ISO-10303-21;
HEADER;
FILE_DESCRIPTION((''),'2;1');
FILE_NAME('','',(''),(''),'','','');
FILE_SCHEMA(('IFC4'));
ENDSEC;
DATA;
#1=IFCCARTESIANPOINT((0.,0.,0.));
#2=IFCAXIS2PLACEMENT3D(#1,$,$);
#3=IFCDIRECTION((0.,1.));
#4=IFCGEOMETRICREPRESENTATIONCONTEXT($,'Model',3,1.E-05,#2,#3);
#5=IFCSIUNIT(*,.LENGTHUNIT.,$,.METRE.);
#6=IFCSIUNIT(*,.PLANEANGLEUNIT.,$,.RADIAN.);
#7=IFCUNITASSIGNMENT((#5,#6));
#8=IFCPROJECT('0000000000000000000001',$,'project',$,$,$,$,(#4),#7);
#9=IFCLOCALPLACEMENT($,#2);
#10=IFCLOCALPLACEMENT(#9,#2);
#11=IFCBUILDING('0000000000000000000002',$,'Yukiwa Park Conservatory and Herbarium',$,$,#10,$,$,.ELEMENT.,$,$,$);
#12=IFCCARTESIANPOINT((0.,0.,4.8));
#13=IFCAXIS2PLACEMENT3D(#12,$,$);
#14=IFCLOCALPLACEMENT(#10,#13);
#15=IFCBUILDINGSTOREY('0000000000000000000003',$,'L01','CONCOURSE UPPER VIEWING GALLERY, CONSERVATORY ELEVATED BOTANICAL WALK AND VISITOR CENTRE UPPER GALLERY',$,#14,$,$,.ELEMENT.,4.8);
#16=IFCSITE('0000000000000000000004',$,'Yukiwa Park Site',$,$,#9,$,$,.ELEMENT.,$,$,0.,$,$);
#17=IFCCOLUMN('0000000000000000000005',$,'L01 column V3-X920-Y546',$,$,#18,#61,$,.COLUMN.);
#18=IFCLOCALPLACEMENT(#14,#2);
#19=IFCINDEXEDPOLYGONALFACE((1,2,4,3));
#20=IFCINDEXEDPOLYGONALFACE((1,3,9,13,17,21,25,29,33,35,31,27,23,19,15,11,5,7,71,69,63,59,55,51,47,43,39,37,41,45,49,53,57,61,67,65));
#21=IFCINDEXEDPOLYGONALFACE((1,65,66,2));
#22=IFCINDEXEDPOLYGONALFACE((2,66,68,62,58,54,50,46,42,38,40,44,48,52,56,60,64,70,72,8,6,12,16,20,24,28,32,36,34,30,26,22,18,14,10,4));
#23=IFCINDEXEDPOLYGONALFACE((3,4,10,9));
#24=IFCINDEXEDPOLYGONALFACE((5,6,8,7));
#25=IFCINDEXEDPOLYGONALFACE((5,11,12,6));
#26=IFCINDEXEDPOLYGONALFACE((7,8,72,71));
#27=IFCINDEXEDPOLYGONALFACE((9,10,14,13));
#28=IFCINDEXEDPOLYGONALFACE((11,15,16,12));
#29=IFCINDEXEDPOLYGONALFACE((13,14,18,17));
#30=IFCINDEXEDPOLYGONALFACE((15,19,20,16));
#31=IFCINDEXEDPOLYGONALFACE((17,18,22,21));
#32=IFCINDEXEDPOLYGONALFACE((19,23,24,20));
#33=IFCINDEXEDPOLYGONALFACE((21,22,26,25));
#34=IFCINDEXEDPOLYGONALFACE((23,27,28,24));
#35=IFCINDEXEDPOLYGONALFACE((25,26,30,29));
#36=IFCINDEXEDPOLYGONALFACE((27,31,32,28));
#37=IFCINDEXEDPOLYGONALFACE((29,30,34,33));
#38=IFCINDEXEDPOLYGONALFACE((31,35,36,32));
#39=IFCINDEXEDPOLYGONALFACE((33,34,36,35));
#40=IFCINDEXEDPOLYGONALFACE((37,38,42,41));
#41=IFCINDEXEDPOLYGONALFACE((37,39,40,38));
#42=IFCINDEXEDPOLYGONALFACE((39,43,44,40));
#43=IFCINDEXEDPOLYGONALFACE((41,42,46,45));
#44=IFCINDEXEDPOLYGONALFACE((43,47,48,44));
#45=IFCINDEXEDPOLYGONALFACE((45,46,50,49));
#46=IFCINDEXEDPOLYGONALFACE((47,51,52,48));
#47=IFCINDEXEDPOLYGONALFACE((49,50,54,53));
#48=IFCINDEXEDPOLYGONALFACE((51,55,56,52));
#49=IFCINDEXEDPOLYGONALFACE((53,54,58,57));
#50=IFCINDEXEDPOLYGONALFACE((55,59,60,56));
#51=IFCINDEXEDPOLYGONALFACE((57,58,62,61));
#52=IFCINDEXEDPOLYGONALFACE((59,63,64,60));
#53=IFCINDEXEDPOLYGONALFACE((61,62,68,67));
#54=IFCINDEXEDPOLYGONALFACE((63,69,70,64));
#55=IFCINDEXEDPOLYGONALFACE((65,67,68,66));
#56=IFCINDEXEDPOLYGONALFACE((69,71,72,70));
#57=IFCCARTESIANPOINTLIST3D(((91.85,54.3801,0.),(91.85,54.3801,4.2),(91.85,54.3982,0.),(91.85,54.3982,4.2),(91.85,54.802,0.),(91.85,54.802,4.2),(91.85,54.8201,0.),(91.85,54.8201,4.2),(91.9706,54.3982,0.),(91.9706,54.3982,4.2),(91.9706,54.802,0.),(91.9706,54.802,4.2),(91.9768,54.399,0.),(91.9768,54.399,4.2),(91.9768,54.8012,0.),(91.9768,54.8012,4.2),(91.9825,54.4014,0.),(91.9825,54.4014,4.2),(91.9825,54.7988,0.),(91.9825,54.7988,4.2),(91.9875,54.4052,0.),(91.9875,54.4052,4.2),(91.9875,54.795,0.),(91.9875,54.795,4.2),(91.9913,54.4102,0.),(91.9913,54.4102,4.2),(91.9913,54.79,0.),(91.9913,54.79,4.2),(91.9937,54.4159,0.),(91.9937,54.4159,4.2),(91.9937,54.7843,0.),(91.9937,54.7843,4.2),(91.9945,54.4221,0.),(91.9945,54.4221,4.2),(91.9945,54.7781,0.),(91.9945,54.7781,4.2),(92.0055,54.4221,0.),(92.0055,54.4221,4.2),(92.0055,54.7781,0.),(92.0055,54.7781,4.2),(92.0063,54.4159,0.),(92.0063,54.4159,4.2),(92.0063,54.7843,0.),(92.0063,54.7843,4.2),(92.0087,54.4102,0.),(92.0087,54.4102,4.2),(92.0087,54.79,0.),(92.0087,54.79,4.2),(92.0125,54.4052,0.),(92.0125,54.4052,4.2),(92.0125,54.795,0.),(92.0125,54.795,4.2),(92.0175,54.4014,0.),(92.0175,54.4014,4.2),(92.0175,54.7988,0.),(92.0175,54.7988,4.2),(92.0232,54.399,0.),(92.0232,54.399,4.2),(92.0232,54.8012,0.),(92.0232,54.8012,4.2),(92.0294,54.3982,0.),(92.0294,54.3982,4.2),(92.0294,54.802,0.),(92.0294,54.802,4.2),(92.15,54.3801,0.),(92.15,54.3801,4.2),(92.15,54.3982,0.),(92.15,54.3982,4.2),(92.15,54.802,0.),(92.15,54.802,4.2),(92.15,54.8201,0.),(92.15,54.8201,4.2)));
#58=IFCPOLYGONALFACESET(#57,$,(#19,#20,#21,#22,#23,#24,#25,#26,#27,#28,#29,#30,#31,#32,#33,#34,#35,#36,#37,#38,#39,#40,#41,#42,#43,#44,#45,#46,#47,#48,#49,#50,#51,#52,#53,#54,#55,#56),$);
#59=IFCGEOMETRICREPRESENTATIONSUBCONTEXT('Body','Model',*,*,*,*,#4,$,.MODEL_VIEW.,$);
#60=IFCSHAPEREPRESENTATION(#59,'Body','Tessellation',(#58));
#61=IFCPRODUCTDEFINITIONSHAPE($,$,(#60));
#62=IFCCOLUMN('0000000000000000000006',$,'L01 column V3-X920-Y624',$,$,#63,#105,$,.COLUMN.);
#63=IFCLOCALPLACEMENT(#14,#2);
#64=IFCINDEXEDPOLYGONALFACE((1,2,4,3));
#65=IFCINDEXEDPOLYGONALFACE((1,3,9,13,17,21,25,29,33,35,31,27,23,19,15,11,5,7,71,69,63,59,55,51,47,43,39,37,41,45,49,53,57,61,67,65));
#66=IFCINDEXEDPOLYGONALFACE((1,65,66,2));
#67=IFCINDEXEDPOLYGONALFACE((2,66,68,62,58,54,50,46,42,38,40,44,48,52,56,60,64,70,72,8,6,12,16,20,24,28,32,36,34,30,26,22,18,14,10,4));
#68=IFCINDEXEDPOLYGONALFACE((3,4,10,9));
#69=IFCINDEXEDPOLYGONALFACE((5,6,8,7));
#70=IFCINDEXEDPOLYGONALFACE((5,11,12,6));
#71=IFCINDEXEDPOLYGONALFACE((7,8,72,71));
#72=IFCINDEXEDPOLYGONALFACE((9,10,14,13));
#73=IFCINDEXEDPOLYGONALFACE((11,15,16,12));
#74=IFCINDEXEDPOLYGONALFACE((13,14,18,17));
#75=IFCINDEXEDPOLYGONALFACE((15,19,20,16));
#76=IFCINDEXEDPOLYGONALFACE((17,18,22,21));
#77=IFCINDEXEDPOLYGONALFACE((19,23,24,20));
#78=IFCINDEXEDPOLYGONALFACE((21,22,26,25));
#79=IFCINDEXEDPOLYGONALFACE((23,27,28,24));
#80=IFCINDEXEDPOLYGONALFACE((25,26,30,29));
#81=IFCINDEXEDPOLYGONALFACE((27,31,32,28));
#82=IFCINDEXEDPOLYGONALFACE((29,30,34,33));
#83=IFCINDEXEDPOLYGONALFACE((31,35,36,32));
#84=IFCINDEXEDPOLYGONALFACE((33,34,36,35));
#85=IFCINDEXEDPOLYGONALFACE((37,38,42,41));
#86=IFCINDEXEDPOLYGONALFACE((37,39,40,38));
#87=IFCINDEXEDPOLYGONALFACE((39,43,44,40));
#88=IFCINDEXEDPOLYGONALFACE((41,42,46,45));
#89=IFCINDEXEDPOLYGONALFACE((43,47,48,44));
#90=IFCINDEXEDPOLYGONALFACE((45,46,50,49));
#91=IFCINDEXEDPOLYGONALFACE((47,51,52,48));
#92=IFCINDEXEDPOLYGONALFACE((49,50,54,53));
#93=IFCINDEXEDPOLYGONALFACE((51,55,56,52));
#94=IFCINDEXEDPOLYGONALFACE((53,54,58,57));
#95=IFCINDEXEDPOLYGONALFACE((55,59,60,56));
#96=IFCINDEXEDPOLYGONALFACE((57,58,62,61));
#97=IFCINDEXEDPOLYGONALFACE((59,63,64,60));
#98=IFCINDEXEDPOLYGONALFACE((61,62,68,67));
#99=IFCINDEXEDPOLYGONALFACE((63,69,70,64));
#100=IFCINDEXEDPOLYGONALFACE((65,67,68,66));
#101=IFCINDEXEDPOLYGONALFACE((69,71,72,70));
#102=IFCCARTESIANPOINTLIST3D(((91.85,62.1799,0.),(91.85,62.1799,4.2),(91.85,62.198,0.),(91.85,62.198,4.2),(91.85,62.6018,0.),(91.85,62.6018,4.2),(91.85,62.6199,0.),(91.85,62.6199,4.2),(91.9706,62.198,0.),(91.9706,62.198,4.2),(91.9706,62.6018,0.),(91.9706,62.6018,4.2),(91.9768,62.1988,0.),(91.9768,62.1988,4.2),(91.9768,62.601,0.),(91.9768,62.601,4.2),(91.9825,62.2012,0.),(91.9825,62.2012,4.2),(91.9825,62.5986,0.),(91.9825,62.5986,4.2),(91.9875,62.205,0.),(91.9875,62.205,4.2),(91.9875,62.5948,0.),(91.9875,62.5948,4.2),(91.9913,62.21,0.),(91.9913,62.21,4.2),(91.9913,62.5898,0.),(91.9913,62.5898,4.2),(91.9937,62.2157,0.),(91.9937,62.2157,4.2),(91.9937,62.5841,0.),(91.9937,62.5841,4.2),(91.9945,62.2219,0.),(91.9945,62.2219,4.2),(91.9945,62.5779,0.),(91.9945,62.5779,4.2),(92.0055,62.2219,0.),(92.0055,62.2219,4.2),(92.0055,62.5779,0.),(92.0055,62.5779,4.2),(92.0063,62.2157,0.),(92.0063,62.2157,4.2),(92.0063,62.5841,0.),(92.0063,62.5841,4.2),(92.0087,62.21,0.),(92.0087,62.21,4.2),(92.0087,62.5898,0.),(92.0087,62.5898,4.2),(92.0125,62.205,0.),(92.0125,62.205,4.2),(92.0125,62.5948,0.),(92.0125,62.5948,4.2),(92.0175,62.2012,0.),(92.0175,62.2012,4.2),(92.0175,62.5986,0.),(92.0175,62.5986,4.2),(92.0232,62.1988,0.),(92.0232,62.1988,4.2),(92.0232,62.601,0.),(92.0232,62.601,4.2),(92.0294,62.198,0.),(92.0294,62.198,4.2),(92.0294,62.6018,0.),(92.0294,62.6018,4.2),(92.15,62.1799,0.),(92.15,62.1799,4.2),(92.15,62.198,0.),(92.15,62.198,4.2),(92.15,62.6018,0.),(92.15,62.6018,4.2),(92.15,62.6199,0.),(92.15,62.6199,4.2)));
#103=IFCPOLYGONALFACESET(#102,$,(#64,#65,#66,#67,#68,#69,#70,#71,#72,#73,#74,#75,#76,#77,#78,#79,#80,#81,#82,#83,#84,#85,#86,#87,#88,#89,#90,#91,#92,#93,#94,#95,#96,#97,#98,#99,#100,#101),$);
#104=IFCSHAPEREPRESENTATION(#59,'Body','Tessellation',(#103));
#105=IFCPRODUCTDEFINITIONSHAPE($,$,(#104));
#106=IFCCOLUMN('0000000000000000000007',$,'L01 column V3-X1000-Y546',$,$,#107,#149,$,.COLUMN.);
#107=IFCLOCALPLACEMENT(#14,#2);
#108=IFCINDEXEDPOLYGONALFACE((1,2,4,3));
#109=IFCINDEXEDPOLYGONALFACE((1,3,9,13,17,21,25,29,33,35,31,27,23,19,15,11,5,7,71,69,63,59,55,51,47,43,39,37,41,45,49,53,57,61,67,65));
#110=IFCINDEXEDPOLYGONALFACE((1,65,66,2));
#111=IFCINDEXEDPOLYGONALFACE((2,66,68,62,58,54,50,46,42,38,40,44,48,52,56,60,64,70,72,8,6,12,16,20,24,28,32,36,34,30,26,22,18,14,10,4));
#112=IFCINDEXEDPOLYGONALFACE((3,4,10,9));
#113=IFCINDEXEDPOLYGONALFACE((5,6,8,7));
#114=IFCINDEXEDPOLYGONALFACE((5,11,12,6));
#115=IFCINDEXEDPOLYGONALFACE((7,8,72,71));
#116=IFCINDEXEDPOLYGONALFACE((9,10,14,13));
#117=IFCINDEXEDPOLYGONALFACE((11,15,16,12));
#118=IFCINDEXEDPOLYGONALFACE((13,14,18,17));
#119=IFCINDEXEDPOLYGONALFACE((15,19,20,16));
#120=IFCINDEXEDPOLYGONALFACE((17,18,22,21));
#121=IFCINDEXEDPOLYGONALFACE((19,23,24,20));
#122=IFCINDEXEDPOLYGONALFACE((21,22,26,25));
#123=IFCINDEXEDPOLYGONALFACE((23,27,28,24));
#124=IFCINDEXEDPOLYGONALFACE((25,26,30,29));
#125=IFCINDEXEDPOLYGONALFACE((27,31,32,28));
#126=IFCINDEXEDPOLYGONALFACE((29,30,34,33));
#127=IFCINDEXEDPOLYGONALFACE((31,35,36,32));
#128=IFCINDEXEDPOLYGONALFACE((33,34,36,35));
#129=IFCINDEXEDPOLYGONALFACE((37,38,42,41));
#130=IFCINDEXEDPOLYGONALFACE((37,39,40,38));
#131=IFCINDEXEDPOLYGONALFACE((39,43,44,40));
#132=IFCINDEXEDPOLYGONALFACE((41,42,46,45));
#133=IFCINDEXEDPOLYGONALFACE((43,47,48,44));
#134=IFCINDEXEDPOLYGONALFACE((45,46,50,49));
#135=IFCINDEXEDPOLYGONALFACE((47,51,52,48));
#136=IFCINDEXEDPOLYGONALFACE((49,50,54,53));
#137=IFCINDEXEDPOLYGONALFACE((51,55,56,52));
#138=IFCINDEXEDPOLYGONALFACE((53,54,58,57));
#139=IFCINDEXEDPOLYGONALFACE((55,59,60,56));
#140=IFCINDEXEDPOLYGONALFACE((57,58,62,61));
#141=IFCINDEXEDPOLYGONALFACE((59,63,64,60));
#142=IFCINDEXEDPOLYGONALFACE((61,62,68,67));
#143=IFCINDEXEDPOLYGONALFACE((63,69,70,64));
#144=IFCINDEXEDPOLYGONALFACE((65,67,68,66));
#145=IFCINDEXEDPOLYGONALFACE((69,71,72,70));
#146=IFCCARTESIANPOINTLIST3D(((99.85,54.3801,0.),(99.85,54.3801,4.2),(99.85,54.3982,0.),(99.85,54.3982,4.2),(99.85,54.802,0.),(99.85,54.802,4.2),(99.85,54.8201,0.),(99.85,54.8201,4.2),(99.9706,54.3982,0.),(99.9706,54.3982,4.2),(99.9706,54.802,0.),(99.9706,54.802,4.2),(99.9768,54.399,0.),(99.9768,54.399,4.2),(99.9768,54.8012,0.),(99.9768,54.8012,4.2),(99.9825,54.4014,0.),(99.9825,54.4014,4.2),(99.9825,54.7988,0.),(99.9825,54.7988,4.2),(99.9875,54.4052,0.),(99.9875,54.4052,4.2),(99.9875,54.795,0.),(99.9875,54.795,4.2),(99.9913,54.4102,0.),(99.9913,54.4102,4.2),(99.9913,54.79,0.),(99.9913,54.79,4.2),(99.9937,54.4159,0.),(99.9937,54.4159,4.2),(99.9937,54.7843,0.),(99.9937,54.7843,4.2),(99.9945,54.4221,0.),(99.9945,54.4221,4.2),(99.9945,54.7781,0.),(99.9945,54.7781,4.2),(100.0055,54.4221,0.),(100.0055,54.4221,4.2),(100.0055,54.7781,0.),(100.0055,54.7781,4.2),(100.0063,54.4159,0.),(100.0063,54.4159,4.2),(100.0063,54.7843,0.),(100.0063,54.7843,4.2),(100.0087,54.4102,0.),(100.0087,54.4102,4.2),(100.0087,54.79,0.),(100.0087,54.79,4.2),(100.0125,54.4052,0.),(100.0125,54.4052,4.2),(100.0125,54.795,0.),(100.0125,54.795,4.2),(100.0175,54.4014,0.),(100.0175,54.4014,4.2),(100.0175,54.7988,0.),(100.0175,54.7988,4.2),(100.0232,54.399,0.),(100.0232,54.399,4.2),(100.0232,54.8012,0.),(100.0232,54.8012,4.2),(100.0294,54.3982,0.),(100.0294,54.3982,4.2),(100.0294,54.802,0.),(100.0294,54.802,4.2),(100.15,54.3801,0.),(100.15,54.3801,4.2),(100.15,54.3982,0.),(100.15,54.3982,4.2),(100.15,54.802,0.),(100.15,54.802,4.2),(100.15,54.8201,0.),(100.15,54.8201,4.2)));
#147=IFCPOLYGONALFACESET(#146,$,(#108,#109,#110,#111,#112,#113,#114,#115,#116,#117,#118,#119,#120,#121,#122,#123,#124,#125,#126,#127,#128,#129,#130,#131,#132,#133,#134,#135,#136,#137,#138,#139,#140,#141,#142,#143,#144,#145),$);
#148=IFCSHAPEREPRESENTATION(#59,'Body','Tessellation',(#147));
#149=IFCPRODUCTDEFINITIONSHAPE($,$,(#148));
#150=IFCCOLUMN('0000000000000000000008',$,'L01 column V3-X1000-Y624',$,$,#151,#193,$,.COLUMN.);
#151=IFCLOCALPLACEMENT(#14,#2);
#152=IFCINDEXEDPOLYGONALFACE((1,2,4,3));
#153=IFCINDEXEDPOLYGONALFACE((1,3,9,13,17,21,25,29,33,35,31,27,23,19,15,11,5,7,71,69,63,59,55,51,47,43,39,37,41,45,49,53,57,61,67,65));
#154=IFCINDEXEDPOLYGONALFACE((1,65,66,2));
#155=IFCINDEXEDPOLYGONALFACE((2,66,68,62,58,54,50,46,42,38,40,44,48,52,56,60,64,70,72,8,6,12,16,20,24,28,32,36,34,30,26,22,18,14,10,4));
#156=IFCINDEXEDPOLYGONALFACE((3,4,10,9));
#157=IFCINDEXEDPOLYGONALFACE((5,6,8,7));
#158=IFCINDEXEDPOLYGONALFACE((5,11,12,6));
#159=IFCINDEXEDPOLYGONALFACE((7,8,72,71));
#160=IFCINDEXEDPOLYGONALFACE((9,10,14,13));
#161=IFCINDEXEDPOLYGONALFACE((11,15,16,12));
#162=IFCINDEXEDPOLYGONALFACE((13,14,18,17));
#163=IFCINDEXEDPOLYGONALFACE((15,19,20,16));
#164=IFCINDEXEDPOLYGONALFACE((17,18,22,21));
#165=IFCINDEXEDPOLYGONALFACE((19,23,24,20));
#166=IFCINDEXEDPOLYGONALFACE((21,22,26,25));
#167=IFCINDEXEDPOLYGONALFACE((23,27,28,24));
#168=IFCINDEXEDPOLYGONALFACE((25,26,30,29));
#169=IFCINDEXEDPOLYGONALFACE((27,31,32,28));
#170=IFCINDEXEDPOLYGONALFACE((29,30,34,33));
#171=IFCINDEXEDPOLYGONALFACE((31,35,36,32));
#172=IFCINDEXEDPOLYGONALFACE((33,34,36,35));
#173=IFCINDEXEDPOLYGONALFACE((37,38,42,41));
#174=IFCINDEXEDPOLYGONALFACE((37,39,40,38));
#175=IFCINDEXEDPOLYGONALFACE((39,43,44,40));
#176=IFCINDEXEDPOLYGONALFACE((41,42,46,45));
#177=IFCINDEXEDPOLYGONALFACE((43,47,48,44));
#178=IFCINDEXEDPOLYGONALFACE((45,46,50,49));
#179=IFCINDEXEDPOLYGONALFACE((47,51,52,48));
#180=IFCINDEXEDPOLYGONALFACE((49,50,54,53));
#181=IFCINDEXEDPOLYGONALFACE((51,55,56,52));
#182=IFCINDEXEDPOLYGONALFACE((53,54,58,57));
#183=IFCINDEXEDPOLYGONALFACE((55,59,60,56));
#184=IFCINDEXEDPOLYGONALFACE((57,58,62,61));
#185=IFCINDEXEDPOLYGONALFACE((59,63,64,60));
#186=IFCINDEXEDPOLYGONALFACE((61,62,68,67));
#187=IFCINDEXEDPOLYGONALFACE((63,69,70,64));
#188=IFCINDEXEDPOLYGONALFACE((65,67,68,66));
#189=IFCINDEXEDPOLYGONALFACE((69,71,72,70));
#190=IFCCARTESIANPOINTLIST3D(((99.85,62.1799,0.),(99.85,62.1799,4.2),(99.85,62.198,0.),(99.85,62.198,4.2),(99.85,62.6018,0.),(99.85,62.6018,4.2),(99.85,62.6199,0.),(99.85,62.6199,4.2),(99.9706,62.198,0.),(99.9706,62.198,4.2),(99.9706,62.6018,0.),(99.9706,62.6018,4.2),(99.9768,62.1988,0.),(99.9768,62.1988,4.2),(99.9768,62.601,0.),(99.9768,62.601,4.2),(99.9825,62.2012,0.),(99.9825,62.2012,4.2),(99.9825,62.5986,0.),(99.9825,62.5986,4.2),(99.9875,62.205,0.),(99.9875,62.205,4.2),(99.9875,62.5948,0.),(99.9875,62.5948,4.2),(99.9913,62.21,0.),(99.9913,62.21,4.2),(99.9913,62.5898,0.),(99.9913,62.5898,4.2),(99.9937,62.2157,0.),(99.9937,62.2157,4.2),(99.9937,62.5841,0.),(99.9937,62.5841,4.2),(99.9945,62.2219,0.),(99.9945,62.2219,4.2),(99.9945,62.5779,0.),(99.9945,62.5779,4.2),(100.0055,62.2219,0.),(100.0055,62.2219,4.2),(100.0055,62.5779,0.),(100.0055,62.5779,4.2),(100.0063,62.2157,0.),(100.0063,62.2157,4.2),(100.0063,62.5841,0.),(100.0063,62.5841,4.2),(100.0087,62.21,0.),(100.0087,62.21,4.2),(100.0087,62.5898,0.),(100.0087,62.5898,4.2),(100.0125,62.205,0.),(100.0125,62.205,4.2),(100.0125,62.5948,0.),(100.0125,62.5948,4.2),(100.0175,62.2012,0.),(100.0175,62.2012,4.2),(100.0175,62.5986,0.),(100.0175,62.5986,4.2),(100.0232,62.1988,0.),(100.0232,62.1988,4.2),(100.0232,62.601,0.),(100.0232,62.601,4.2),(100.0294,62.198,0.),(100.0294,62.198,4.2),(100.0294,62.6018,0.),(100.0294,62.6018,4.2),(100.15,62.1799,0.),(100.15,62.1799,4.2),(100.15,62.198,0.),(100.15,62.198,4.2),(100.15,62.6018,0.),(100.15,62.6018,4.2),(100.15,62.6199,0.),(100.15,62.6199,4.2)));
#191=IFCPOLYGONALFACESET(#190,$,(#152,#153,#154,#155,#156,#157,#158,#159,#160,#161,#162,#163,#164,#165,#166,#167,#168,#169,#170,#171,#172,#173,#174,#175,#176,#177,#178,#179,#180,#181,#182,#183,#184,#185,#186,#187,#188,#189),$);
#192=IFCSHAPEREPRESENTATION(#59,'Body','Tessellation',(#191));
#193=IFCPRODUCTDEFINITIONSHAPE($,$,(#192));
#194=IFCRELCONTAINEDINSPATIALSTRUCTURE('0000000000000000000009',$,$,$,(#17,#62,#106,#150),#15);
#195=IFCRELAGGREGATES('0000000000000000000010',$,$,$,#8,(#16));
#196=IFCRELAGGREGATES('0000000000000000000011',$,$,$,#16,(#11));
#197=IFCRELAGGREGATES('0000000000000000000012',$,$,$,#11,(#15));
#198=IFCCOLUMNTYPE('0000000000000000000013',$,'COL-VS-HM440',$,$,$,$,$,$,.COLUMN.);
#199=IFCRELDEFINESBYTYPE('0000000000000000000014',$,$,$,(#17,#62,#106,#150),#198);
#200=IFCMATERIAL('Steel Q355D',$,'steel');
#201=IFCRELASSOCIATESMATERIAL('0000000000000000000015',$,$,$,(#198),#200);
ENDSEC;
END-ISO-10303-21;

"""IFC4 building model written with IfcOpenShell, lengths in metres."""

from ifc_helpers import new_model, si_unit, direction, frame, origin, origin_2d, place, context, subcontext, project, spatial, i_section, extrude, material, material_profile, profile_set, type_object, element, save


model = new_model("IFC4")

# Units and contexts
model_context = context("Model", 3, precision=1e-05, world=origin(), true_north=direction((0.0, 1.0)))
body_context = subcontext(model_context, "Body", "Model", "MODEL_VIEW")
ifc_project = project(units=[si_unit("LENGTHUNIT", "METRE"), si_unit("PLANEANGLEUNIT", "RADIAN")], contexts=[model_context])

# Site, building, storey
site_placement = place(None, origin())
site = spatial("IfcSite", under=ifc_project, at=site_placement, Name="Yukiwa Park Site", CompositionType="ELEMENT", RefElevation=0.0)
building_placement = place(site_placement, origin())
building = spatial("IfcBuilding", under=site, at=building_placement, Name="Yukiwa Park Conservatory and Herbarium", CompositionType="ELEMENT")
storey_placement = place(building_placement, frame((0.0, 0.0, 4.8)))
storey = spatial("IfcBuildingStorey", under=building, at=storey_placement, Name="L01", Description="CONCOURSE UPPER VIEWING GALLERY, CONSERVATORY ELEVATED BOTANICAL WALK AND VISITOR CENTRE UPPER GALLERY", CompositionType="ELEMENT", Elevation=4.8)

# Columns
ifc_material_1 = material(Name="Steel Q355D", Category="steel")
ifc_material_profile_1 = material_profile(ifc_material_1, i_section(OverallWidth=0.3, OverallDepth=0.4399, WebThickness=0.011, FlangeThickness=0.0181, FilletRadius=0.0239, at=origin_2d()), Name="HM 440x300x11x18")
ifc_profile_set_1 = profile_set([ifc_material_profile_1], Name="Steel Q355D")
column_type_1 = type_object("IfcColumnType", Name="COL-VS-HM440", PredefinedType="COLUMN", material=ifc_profile_set_1)
for number, where, z_axis, x_axis, name in (
    (1, (92.0, 54.6001, 0.0), (0.0, 0.0, 1.0), (1.0, 0.0, 0.0), "L01 column V3-X920-Y546"),
    (2, (92.0, 62.3999, 0.0), (0.0, 0.0, 1.0), (1.0, 0.0, 0.0), "L01 column V3-X920-Y624"),
    (3, (100.0, 54.6001, 0.0), (0.0, 0.0, 1.0), (1.0, 0.0, 0.0), "L01 column V3-X1000-Y546"),
    (4, (100.0, 62.3999, 0.0), (0.0, 0.0, 1.0), (1.0, 0.0, 0.0), "L01 column V3-X1000-Y624"),
):
    element("IfcColumn", number, at=place(storey_placement, frame(where, z_axis=z_axis, x_axis=x_axis)), inside=storey, type_object=column_type_1, Name=name, PredefinedType="COLUMN", context=body_context, shape_type="SweptSolid", body=[
        extrude(i_section(OverallWidth=0.3, OverallDepth=0.4399, WebThickness=0.011, FlangeThickness=0.0181, FilletRadius=0.0239, at=origin_2d()), origin(), (0.0, 0.0, 1.0), 4.2),
    ])

save(model, "model.ifc")
